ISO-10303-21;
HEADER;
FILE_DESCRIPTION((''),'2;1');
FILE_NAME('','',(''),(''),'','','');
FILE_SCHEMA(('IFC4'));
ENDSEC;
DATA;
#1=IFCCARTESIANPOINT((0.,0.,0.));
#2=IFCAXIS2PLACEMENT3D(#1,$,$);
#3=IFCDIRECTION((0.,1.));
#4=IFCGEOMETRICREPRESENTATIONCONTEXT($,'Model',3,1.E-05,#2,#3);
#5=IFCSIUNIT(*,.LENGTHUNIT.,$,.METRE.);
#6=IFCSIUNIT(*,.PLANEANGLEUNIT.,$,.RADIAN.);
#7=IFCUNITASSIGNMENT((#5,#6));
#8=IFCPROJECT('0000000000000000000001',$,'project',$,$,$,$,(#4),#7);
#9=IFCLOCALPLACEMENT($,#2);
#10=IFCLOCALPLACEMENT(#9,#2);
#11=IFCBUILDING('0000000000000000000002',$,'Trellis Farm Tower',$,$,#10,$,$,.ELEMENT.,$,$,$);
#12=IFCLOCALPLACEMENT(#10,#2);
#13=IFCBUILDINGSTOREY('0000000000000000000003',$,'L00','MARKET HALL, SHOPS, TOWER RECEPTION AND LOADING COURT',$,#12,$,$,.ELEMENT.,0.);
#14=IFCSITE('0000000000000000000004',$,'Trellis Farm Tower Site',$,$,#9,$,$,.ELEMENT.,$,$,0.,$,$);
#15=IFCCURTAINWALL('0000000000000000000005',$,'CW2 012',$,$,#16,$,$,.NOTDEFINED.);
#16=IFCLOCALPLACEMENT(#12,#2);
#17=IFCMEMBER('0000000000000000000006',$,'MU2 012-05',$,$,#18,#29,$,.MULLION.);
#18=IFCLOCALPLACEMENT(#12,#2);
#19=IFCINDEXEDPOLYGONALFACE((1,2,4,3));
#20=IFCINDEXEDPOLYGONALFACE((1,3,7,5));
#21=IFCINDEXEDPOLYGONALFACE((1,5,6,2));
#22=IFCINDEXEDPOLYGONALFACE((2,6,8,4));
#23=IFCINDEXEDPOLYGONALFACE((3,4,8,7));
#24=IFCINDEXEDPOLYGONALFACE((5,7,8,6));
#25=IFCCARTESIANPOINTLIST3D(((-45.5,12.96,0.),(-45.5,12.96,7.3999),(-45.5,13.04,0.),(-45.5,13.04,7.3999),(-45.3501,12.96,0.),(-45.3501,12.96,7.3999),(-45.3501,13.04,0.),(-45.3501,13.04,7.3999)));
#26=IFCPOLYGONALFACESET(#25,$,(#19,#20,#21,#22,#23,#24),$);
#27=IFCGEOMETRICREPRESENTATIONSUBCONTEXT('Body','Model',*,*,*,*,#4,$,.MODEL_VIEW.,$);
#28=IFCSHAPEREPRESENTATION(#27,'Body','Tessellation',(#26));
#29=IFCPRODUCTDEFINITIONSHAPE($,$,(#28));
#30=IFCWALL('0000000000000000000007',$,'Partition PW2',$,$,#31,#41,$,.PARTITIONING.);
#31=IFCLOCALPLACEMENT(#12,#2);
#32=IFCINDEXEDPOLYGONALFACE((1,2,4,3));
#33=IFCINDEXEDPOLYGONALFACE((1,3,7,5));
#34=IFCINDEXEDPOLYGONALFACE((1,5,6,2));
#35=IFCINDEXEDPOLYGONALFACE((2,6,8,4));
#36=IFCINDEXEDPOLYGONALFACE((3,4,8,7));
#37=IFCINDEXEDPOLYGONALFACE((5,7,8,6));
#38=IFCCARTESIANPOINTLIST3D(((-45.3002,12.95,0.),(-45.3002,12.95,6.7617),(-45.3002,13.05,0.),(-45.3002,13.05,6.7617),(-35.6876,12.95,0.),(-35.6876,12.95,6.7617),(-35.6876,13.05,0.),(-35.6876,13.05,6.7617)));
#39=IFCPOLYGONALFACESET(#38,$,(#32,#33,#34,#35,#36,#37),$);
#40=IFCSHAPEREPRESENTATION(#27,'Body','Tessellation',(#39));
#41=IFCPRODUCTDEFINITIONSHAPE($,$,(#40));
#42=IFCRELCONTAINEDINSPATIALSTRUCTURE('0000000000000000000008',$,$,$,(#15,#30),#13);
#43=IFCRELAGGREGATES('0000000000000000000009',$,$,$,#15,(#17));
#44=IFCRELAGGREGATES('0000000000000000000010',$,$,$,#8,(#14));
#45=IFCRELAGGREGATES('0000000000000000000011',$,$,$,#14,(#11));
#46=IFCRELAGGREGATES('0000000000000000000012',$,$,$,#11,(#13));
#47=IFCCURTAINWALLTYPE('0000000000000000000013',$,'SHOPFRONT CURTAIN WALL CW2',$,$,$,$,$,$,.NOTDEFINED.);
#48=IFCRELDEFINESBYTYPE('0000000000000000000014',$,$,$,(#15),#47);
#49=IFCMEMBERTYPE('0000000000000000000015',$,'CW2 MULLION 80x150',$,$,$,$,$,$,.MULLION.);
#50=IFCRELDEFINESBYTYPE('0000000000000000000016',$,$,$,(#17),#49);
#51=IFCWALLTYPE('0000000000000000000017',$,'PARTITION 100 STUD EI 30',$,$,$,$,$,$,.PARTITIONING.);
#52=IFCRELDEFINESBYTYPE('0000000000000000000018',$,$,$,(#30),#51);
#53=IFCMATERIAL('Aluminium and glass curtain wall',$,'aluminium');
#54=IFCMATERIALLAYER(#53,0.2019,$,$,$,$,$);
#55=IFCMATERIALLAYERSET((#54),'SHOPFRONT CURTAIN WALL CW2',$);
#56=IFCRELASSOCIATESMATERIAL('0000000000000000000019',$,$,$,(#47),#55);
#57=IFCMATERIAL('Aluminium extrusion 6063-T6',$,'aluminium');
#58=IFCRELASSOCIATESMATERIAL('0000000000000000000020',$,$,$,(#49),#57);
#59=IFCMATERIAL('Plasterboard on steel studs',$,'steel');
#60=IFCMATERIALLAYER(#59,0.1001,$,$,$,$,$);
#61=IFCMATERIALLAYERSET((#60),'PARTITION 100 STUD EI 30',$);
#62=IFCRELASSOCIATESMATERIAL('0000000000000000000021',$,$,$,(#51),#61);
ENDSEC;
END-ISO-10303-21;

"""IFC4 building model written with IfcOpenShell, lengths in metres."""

from ifc_helpers import new_model, si_unit, direction, frame, frame_2d, origin, origin_2d, place, context, subcontext, project, spatial, rectangle, extrude, source, transform, mapped, material, layer, layer_set, material_profile, profile_set, type_object, element, aggregate, save


model = new_model("IFC4")

# Units and contexts
model_context = context("Model", 3, precision=1e-05, world=origin(), true_north=direction((0.0, 1.0)))
body_context = subcontext(model_context, "Body", "Model", "MODEL_VIEW")
ifc_project = project(units=[si_unit("LENGTHUNIT", "METRE"), si_unit("PLANEANGLEUNIT", "RADIAN")], contexts=[model_context])

# Site, building, storey
site_placement = place(None, origin())
site = spatial("IfcSite", under=ifc_project, at=site_placement, Name="Trellis Farm Tower Site", CompositionType="ELEMENT", RefElevation=0.0)
building_placement = place(site_placement, origin())
building = spatial("IfcBuilding", under=site, at=building_placement, Name="Trellis Farm Tower", CompositionType="ELEMENT")
storey_placement = place(building_placement, origin())
storey = spatial("IfcBuildingStorey", under=building, at=storey_placement, Name="L00", Description="MARKET HALL, SHOPS, TOWER RECEPTION AND LOADING COURT", CompositionType="ELEMENT", Elevation=0.0)

# Curtain wall, member
ifc_material_1 = material(Name="Aluminium and glass curtain wall", Category="aluminium")
ifc_layer_1 = layer(ifc_material_1, 0.2019)
ifc_layer_set_1 = layer_set([ifc_layer_1], Name="SHOPFRONT CURTAIN WALL CW2")
curtain_wall_type = type_object("IfcCurtainWallType", Name="SHOPFRONT CURTAIN WALL CW2", PredefinedType="NOTDEFINED", material=ifc_layer_set_1)
curtain_wall_placement = place(storey_placement, origin())
curtain_wall = element("IfcCurtainWall", 1, at=curtain_wall_placement, inside=storey, type_object=curtain_wall_type, Name="CW2 012", PredefinedType="NOTDEFINED")
ifc_material_2 = material(Name="Aluminium extrusion 6063-T6", Category="aluminium")
ifc_material_profile_1 = material_profile(ifc_material_2, rectangle(XDim=0.0801, YDim=0.1499, at=origin_2d()), Name="MULLION 80x150")
ifc_profile_set_1 = profile_set([ifc_material_profile_1], Name="Aluminium extrusion 6063-T6")
member_type = type_object("IfcMemberType", Name="CW2 MULLION 80x150", PredefinedType="MULLION", material=ifc_profile_set_1)
shared_shape_1 = source(origin(), body_context, "Body", "SweptSolid", [
    extrude(rectangle(XDim=0.0801, YDim=0.1499, at=origin_2d()), origin(), (0.0, 0.0, 1.0), 7.3999),
])
member_1_placement = place(storey_placement, frame((-45.425, 13.0, 0.0), z_axis=(0.0, 0.0, 1.0), x_axis=(0.0, -1.0, 0.0)))
member_1 = element("IfcMember", 2, at=member_1_placement, type_object=member_type, Name="MU2 012-05", PredefinedType="MULLION", context=body_context, shape_type="MappedRepresentation", body=[
    mapped(shared_shape_1, transform((0.0, 0.0, 0.0))),
])
aggregate(curtain_wall, [member_1])

# Wall
ifc_material_3 = material(Name="Plasterboard on steel studs", Category="steel")
ifc_layer_2 = layer(ifc_material_3, 0.1001)
ifc_layer_set_2 = layer_set([ifc_layer_2], Name="PARTITION 100 STUD EI 30")
wall_type_1 = type_object("IfcWallType", Name="PARTITION 100 STUD EI 30", PredefinedType="PARTITIONING", material=ifc_layer_set_2)
shared_shape_2 = source(origin(), body_context, "Body", "SweptSolid", [
    extrude(rectangle(XDim=9.6125, YDim=0.1001, at=frame_2d((4.8062, 0.0))), origin(), (0.0, 0.0, 1.0), 6.7617),
])
wall_1_placement = place(storey_placement, frame((-45.3, 13.0, 0.0), z_axis=(0.0, 0.0, 1.0), x_axis=(1.0, 0.0, 0.0)))
element("IfcWall", 3, at=wall_1_placement, inside=storey, type_object=wall_type_1, Name="Partition PW2", PredefinedType="PARTITIONING", context=body_context, shape_type="MappedRepresentation", body=[
    mapped(shared_shape_2, transform((0.0, 0.0, 0.0))),
])

save(model, "model.ifc")
